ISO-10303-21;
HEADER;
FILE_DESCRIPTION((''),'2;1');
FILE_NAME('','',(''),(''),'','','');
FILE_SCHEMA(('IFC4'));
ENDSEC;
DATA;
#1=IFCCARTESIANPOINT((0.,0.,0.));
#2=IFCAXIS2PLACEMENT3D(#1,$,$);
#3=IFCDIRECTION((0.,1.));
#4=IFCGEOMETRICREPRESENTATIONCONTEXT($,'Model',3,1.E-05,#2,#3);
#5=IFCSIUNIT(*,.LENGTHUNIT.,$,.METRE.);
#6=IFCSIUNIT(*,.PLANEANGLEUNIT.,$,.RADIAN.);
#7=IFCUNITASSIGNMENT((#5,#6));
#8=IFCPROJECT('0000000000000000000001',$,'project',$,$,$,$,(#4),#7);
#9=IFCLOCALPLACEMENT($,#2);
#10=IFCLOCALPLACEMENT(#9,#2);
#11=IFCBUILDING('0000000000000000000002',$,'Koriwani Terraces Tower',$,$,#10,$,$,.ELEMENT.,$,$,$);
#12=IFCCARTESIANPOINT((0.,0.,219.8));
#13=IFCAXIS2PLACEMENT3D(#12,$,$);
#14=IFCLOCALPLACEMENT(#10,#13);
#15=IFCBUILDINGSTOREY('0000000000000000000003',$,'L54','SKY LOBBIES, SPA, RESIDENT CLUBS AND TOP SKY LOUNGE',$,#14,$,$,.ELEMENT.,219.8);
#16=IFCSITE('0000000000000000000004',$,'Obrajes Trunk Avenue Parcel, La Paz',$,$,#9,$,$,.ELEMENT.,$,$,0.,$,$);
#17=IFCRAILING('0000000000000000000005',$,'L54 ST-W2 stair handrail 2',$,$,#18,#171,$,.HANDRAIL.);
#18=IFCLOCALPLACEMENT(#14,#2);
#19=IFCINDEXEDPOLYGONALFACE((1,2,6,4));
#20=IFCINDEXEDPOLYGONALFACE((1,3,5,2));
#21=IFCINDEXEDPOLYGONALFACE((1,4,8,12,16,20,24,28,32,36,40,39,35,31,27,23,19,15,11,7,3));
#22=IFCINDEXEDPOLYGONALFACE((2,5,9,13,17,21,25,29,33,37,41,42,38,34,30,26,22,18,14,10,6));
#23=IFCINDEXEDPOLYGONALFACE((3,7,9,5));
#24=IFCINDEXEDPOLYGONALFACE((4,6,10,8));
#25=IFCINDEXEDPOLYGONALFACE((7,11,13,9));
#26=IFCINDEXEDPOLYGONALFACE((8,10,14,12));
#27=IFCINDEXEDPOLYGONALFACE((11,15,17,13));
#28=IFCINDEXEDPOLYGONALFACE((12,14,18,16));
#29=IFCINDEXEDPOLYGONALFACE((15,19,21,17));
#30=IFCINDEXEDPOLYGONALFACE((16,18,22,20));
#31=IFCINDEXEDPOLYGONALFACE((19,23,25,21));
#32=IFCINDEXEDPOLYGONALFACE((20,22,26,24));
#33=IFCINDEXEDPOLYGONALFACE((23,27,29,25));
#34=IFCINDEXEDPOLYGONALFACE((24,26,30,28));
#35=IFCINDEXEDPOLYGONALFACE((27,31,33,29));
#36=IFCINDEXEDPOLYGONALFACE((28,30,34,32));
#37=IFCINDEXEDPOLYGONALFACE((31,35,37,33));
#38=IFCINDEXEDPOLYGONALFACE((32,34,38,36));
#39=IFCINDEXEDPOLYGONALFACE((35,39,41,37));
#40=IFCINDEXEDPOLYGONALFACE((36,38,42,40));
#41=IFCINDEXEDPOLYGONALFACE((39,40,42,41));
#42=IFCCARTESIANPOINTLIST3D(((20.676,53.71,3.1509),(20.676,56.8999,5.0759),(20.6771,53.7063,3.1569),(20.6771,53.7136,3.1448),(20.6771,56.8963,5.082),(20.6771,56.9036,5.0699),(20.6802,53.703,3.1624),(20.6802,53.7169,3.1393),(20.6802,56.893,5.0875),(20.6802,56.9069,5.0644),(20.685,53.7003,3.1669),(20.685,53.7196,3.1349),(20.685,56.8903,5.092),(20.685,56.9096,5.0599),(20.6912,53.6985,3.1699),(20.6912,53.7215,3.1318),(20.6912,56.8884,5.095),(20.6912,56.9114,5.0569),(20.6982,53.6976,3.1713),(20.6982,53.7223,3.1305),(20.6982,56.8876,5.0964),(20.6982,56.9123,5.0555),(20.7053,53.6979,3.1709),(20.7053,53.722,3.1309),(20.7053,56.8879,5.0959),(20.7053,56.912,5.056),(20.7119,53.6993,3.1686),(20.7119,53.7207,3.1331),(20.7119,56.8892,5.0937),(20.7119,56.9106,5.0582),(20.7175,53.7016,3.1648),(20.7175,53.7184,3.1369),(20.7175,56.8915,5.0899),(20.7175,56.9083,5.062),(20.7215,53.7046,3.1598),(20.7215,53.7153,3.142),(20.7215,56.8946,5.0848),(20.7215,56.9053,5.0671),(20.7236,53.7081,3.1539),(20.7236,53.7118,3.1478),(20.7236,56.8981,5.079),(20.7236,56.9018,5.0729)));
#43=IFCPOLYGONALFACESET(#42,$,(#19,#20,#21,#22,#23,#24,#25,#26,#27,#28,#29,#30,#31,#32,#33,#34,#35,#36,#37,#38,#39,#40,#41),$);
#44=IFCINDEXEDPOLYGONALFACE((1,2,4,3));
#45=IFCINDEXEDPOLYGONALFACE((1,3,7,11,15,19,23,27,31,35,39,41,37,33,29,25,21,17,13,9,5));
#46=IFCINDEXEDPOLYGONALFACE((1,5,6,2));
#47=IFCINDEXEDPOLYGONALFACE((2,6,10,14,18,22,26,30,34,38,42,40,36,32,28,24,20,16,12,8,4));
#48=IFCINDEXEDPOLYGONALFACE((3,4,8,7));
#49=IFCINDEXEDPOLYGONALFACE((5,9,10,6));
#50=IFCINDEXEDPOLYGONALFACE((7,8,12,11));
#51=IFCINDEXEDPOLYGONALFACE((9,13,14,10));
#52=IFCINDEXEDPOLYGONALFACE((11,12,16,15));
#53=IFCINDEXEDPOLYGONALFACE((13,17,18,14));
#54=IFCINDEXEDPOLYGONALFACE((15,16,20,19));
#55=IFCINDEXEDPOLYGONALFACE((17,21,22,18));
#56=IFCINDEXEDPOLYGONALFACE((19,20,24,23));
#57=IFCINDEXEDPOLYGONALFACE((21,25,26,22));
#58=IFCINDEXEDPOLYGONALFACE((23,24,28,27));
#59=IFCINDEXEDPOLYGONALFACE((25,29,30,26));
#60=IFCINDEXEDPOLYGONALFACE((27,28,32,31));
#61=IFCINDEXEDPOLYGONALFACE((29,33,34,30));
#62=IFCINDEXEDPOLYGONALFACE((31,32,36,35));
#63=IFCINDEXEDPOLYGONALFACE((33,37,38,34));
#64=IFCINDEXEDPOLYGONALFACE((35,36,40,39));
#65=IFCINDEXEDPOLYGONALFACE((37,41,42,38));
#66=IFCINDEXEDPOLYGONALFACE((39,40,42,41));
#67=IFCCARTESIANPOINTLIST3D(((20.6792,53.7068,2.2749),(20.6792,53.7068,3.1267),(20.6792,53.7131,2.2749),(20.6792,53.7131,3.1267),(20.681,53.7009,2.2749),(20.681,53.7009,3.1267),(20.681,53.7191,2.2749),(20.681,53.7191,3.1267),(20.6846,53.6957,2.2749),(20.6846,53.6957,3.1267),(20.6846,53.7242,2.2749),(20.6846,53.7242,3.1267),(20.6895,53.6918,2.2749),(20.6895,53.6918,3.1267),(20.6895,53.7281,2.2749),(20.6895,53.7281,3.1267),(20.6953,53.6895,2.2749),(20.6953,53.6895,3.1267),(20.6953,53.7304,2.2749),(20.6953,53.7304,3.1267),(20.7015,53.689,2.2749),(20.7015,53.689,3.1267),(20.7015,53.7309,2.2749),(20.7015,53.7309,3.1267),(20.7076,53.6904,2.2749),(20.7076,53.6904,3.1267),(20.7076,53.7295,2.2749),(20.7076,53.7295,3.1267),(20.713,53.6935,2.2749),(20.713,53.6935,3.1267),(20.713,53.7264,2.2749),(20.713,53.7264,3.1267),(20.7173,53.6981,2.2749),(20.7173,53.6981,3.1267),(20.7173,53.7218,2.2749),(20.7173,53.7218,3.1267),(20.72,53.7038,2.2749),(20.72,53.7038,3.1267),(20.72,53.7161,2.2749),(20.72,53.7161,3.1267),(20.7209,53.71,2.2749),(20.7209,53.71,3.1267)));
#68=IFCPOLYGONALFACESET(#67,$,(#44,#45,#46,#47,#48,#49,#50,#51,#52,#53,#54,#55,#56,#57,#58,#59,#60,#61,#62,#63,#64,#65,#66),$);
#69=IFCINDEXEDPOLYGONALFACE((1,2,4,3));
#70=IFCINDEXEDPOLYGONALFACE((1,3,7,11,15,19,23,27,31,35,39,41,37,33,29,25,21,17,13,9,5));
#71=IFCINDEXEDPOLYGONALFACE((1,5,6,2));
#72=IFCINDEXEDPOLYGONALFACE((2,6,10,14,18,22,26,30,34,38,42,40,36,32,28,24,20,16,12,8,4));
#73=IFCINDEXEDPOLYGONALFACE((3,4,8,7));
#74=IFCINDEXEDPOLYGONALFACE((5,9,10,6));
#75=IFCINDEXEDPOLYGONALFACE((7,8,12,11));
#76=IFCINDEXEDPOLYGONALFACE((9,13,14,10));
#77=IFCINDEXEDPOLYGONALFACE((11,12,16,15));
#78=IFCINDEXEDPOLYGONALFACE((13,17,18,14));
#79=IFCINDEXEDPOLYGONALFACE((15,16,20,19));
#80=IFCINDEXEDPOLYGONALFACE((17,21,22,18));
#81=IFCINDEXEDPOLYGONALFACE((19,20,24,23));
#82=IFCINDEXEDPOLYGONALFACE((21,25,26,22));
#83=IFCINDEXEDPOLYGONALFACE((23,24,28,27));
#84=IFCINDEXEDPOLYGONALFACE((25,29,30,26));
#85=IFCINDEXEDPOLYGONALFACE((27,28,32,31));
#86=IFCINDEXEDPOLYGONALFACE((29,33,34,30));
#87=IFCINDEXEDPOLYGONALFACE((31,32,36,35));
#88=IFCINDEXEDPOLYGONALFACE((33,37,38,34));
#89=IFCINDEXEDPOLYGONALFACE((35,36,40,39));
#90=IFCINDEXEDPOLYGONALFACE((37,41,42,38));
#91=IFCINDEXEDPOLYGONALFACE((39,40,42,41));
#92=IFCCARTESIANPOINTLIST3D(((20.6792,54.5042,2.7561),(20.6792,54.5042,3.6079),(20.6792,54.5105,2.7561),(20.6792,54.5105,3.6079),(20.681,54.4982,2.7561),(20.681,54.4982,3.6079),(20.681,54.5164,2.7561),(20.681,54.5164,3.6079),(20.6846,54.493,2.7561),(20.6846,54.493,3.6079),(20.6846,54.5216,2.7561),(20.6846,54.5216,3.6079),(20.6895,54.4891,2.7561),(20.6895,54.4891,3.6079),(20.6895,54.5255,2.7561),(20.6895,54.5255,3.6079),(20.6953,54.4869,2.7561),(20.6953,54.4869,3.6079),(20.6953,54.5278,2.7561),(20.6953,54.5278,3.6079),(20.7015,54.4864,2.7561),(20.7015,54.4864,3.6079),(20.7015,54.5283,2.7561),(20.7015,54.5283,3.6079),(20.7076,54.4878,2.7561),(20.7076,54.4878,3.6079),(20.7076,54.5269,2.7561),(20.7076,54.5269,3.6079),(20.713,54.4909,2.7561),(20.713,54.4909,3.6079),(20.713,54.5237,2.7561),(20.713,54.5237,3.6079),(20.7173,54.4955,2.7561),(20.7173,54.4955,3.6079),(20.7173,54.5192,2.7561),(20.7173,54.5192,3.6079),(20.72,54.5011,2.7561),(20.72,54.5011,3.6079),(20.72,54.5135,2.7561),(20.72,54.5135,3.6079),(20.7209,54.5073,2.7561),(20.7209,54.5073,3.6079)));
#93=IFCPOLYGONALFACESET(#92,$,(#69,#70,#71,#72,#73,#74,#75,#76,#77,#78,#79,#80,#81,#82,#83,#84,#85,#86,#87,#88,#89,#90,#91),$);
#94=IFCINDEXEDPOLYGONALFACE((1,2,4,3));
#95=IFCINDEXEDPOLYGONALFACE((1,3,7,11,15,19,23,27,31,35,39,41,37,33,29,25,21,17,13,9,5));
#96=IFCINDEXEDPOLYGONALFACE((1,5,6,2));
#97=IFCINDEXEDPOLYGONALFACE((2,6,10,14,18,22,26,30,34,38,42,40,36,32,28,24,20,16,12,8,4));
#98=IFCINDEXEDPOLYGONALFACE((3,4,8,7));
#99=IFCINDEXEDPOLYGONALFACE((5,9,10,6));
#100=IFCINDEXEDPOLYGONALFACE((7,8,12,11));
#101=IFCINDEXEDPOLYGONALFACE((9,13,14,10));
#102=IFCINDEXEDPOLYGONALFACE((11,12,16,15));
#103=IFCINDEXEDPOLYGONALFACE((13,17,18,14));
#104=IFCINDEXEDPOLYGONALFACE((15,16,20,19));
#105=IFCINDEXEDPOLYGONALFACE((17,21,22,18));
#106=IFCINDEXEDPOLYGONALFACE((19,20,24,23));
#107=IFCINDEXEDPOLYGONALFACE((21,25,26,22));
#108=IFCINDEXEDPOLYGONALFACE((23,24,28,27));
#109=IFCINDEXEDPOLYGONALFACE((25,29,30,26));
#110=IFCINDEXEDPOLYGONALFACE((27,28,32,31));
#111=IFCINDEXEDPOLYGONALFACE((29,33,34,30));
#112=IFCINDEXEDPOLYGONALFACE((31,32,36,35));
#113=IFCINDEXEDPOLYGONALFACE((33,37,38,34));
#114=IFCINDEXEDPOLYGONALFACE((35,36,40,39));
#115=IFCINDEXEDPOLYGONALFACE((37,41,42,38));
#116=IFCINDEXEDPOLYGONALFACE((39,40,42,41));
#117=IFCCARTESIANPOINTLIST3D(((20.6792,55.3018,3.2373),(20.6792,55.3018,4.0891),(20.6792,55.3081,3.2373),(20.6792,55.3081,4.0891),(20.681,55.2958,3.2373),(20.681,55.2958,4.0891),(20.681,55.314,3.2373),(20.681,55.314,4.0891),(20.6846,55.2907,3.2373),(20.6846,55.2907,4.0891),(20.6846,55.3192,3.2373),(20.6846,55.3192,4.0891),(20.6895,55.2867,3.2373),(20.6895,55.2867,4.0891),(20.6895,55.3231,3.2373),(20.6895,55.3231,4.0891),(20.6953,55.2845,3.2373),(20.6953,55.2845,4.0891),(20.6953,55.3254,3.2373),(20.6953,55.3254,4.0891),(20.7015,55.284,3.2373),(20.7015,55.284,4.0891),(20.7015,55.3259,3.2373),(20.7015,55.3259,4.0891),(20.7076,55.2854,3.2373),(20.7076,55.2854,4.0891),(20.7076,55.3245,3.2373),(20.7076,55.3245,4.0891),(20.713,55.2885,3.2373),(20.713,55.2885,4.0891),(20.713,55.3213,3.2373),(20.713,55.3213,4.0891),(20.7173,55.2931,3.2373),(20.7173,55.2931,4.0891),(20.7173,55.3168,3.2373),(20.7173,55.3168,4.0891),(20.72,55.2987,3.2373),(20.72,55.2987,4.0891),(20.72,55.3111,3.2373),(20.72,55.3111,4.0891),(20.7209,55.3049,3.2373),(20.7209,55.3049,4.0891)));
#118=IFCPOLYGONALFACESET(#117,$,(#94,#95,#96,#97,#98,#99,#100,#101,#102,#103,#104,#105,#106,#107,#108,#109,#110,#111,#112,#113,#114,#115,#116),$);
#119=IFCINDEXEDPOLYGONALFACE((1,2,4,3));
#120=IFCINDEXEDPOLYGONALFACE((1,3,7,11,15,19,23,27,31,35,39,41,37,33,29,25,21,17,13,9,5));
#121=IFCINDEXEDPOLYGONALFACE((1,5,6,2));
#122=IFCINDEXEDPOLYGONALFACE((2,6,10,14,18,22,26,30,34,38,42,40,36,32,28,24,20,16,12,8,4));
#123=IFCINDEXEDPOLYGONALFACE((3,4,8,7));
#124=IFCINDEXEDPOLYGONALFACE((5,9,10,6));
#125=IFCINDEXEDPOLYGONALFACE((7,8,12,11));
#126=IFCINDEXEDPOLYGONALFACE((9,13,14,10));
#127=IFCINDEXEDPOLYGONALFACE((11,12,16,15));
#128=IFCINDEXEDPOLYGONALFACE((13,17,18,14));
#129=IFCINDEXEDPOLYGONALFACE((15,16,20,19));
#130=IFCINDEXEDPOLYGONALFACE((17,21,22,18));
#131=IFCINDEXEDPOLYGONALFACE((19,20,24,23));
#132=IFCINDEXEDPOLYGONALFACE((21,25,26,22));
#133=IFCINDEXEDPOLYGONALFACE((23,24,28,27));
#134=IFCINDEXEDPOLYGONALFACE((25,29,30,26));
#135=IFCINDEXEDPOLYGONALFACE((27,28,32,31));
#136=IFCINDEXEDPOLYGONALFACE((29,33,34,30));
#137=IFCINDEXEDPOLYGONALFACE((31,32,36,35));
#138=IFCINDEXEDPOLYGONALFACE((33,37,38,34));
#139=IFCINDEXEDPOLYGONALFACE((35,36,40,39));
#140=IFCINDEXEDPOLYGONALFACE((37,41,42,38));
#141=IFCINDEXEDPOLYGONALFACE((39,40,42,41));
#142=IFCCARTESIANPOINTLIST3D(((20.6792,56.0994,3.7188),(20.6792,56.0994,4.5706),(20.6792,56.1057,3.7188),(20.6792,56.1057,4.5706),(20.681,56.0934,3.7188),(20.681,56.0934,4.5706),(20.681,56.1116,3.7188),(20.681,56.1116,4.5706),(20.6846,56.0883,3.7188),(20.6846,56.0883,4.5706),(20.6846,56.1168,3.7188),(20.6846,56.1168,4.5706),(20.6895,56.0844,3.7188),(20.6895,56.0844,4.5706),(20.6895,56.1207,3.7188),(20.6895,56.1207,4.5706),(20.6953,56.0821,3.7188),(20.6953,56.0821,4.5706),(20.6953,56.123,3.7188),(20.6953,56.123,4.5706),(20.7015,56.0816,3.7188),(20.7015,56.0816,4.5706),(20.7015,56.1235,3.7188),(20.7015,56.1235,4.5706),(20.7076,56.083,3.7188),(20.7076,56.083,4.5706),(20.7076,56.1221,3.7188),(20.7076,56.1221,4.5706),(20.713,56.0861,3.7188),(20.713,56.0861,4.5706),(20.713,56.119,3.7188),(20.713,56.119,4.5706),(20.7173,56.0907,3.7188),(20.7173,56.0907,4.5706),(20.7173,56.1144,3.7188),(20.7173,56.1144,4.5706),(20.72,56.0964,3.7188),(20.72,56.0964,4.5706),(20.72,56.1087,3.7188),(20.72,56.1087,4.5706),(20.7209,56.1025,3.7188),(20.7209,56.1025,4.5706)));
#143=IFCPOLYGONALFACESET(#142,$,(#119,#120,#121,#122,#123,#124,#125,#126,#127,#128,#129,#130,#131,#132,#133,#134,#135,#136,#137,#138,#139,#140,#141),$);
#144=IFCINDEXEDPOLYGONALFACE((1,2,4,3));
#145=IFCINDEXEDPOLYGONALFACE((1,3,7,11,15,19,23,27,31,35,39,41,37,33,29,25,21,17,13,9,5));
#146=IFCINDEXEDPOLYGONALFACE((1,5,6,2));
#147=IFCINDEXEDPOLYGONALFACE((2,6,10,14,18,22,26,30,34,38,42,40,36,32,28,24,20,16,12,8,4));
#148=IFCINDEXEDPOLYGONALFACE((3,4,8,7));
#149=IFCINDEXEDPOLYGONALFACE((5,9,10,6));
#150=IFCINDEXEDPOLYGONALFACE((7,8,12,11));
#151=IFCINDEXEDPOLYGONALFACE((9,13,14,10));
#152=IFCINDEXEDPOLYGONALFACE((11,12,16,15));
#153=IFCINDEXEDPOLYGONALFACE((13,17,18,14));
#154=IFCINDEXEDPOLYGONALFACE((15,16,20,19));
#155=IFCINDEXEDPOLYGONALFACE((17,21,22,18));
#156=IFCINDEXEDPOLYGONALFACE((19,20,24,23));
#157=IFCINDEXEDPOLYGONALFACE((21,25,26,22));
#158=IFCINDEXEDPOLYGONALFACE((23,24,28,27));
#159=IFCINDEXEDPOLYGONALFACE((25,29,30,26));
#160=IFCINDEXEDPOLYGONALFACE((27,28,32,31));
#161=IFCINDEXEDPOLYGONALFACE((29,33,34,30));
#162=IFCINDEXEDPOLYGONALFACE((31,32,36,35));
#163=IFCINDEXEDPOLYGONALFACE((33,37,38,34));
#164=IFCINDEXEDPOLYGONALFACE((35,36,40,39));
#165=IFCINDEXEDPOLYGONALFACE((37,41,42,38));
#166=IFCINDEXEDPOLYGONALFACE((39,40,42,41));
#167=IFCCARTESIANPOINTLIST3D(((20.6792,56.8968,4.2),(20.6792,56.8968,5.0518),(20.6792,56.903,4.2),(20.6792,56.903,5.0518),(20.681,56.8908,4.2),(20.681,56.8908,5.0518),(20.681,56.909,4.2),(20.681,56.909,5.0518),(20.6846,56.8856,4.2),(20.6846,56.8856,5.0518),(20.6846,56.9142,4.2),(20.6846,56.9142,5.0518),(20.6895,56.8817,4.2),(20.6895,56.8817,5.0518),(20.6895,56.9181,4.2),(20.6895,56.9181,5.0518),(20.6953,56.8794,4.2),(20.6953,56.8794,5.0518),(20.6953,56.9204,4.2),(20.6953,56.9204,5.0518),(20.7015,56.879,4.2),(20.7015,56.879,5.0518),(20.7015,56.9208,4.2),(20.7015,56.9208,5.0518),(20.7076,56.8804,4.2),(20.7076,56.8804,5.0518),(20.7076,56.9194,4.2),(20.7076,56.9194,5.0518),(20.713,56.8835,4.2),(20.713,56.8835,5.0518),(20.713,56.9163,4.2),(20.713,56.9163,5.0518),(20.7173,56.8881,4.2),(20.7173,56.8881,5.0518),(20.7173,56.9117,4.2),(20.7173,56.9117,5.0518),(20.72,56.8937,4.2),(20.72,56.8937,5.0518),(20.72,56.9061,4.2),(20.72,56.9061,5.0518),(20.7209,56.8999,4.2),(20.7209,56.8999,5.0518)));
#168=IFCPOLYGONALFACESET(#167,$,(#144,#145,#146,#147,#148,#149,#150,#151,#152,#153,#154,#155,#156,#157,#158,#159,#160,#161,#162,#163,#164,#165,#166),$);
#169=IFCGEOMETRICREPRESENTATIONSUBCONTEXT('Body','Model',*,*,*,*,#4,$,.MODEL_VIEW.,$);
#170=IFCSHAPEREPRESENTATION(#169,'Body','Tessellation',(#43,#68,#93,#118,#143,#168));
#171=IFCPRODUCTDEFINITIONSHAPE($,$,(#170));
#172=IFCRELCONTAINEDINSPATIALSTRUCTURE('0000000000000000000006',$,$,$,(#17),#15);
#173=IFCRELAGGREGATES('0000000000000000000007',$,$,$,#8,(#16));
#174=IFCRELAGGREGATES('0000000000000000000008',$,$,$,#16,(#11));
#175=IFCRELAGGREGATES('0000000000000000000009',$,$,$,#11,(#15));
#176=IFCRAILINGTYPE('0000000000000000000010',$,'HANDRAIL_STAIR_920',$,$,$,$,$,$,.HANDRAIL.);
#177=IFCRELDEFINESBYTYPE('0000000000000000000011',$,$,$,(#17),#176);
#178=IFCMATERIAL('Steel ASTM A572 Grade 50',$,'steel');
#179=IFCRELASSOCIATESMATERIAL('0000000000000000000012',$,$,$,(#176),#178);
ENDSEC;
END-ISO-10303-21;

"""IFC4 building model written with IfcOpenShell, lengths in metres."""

from ifc_helpers import new_model, si_unit, direction, frame, origin, origin_2d, place, context, subcontext, project, spatial, circle, extrude, material, type_object, element, save


model = new_model("IFC4")

# Units and contexts
model_context = context("Model", 3, precision=1e-05, world=origin(), true_north=direction((0.0, 1.0)))
body_context = subcontext(model_context, "Body", "Model", "MODEL_VIEW")
ifc_project = project(units=[si_unit("LENGTHUNIT", "METRE"), si_unit("PLANEANGLEUNIT", "RADIAN")], contexts=[model_context])

# Site, building, storey
site_placement = place(None, origin())
site = spatial("IfcSite", under=ifc_project, at=site_placement, Name="Obrajes Trunk Avenue Parcel, La Paz", CompositionType="ELEMENT", RefElevation=0.0)
building_placement = place(site_placement, origin())
building = spatial("IfcBuilding", under=site, at=building_placement, Name="Koriwani Terraces Tower", CompositionType="ELEMENT")
storey_placement = place(building_placement, frame((0.0, 0.0, 219.8)))
storey = spatial("IfcBuildingStorey", under=building, at=storey_placement, Name="L54", Description="SKY LOBBIES, SPA, RESIDENT CLUBS AND TOP SKY LOUNGE", CompositionType="ELEMENT", Elevation=219.8)

# Shared definitions
ifc_material_1 = material(Name="Steel ASTM A572 Grade 50", Category="steel")

# Railing
railing_type_1 = type_object("IfcRailingType", Name="HANDRAIL_STAIR_920", PredefinedType="HANDRAIL", material=ifc_material_1)
railing_1_placement = place(storey_placement, frame((20.7, 53.71, 2.2749)))
element("IfcRailing", 1, at=railing_1_placement, inside=storey, type_object=railing_type_1, Name="L54 ST-W2 stair handrail 2", PredefinedType="HANDRAIL", context=body_context, shape_type="SweptSolid", body=[
    extrude(circle(Radius=0.0239, at=origin_2d()), frame((0.0, 0.0, 0.876), z_axis=(0.0, 0.856178, 0.516682), x_axis=(-1.0, 0.0, 0.0)), (0.0, 0.0, 1.0), 3.7258),
    extrude(circle(Radius=0.021, at=origin_2d()), origin(), (0.0, 0.0, 1.0), 0.8518),
    extrude(circle(Radius=0.021, at=origin_2d()), frame((0.0, 0.7974, 0.4812)), (0.0, 0.0, 1.0), 0.8518),
    extrude(circle(Radius=0.021, at=origin_2d()), frame((0.0, 1.595, 0.9624)), (0.0, 0.0, 1.0), 0.8518),
    extrude(circle(Radius=0.021, at=origin_2d()), frame((0.0, 2.3926, 1.4438)), (0.0, 0.0, 1.0), 0.8518),
    extrude(circle(Radius=0.021, at=origin_2d()), frame((0.0, 3.1899, 1.925)), (0.0, 0.0, 1.0), 0.8518),
])

save(model, "model.ifc")
